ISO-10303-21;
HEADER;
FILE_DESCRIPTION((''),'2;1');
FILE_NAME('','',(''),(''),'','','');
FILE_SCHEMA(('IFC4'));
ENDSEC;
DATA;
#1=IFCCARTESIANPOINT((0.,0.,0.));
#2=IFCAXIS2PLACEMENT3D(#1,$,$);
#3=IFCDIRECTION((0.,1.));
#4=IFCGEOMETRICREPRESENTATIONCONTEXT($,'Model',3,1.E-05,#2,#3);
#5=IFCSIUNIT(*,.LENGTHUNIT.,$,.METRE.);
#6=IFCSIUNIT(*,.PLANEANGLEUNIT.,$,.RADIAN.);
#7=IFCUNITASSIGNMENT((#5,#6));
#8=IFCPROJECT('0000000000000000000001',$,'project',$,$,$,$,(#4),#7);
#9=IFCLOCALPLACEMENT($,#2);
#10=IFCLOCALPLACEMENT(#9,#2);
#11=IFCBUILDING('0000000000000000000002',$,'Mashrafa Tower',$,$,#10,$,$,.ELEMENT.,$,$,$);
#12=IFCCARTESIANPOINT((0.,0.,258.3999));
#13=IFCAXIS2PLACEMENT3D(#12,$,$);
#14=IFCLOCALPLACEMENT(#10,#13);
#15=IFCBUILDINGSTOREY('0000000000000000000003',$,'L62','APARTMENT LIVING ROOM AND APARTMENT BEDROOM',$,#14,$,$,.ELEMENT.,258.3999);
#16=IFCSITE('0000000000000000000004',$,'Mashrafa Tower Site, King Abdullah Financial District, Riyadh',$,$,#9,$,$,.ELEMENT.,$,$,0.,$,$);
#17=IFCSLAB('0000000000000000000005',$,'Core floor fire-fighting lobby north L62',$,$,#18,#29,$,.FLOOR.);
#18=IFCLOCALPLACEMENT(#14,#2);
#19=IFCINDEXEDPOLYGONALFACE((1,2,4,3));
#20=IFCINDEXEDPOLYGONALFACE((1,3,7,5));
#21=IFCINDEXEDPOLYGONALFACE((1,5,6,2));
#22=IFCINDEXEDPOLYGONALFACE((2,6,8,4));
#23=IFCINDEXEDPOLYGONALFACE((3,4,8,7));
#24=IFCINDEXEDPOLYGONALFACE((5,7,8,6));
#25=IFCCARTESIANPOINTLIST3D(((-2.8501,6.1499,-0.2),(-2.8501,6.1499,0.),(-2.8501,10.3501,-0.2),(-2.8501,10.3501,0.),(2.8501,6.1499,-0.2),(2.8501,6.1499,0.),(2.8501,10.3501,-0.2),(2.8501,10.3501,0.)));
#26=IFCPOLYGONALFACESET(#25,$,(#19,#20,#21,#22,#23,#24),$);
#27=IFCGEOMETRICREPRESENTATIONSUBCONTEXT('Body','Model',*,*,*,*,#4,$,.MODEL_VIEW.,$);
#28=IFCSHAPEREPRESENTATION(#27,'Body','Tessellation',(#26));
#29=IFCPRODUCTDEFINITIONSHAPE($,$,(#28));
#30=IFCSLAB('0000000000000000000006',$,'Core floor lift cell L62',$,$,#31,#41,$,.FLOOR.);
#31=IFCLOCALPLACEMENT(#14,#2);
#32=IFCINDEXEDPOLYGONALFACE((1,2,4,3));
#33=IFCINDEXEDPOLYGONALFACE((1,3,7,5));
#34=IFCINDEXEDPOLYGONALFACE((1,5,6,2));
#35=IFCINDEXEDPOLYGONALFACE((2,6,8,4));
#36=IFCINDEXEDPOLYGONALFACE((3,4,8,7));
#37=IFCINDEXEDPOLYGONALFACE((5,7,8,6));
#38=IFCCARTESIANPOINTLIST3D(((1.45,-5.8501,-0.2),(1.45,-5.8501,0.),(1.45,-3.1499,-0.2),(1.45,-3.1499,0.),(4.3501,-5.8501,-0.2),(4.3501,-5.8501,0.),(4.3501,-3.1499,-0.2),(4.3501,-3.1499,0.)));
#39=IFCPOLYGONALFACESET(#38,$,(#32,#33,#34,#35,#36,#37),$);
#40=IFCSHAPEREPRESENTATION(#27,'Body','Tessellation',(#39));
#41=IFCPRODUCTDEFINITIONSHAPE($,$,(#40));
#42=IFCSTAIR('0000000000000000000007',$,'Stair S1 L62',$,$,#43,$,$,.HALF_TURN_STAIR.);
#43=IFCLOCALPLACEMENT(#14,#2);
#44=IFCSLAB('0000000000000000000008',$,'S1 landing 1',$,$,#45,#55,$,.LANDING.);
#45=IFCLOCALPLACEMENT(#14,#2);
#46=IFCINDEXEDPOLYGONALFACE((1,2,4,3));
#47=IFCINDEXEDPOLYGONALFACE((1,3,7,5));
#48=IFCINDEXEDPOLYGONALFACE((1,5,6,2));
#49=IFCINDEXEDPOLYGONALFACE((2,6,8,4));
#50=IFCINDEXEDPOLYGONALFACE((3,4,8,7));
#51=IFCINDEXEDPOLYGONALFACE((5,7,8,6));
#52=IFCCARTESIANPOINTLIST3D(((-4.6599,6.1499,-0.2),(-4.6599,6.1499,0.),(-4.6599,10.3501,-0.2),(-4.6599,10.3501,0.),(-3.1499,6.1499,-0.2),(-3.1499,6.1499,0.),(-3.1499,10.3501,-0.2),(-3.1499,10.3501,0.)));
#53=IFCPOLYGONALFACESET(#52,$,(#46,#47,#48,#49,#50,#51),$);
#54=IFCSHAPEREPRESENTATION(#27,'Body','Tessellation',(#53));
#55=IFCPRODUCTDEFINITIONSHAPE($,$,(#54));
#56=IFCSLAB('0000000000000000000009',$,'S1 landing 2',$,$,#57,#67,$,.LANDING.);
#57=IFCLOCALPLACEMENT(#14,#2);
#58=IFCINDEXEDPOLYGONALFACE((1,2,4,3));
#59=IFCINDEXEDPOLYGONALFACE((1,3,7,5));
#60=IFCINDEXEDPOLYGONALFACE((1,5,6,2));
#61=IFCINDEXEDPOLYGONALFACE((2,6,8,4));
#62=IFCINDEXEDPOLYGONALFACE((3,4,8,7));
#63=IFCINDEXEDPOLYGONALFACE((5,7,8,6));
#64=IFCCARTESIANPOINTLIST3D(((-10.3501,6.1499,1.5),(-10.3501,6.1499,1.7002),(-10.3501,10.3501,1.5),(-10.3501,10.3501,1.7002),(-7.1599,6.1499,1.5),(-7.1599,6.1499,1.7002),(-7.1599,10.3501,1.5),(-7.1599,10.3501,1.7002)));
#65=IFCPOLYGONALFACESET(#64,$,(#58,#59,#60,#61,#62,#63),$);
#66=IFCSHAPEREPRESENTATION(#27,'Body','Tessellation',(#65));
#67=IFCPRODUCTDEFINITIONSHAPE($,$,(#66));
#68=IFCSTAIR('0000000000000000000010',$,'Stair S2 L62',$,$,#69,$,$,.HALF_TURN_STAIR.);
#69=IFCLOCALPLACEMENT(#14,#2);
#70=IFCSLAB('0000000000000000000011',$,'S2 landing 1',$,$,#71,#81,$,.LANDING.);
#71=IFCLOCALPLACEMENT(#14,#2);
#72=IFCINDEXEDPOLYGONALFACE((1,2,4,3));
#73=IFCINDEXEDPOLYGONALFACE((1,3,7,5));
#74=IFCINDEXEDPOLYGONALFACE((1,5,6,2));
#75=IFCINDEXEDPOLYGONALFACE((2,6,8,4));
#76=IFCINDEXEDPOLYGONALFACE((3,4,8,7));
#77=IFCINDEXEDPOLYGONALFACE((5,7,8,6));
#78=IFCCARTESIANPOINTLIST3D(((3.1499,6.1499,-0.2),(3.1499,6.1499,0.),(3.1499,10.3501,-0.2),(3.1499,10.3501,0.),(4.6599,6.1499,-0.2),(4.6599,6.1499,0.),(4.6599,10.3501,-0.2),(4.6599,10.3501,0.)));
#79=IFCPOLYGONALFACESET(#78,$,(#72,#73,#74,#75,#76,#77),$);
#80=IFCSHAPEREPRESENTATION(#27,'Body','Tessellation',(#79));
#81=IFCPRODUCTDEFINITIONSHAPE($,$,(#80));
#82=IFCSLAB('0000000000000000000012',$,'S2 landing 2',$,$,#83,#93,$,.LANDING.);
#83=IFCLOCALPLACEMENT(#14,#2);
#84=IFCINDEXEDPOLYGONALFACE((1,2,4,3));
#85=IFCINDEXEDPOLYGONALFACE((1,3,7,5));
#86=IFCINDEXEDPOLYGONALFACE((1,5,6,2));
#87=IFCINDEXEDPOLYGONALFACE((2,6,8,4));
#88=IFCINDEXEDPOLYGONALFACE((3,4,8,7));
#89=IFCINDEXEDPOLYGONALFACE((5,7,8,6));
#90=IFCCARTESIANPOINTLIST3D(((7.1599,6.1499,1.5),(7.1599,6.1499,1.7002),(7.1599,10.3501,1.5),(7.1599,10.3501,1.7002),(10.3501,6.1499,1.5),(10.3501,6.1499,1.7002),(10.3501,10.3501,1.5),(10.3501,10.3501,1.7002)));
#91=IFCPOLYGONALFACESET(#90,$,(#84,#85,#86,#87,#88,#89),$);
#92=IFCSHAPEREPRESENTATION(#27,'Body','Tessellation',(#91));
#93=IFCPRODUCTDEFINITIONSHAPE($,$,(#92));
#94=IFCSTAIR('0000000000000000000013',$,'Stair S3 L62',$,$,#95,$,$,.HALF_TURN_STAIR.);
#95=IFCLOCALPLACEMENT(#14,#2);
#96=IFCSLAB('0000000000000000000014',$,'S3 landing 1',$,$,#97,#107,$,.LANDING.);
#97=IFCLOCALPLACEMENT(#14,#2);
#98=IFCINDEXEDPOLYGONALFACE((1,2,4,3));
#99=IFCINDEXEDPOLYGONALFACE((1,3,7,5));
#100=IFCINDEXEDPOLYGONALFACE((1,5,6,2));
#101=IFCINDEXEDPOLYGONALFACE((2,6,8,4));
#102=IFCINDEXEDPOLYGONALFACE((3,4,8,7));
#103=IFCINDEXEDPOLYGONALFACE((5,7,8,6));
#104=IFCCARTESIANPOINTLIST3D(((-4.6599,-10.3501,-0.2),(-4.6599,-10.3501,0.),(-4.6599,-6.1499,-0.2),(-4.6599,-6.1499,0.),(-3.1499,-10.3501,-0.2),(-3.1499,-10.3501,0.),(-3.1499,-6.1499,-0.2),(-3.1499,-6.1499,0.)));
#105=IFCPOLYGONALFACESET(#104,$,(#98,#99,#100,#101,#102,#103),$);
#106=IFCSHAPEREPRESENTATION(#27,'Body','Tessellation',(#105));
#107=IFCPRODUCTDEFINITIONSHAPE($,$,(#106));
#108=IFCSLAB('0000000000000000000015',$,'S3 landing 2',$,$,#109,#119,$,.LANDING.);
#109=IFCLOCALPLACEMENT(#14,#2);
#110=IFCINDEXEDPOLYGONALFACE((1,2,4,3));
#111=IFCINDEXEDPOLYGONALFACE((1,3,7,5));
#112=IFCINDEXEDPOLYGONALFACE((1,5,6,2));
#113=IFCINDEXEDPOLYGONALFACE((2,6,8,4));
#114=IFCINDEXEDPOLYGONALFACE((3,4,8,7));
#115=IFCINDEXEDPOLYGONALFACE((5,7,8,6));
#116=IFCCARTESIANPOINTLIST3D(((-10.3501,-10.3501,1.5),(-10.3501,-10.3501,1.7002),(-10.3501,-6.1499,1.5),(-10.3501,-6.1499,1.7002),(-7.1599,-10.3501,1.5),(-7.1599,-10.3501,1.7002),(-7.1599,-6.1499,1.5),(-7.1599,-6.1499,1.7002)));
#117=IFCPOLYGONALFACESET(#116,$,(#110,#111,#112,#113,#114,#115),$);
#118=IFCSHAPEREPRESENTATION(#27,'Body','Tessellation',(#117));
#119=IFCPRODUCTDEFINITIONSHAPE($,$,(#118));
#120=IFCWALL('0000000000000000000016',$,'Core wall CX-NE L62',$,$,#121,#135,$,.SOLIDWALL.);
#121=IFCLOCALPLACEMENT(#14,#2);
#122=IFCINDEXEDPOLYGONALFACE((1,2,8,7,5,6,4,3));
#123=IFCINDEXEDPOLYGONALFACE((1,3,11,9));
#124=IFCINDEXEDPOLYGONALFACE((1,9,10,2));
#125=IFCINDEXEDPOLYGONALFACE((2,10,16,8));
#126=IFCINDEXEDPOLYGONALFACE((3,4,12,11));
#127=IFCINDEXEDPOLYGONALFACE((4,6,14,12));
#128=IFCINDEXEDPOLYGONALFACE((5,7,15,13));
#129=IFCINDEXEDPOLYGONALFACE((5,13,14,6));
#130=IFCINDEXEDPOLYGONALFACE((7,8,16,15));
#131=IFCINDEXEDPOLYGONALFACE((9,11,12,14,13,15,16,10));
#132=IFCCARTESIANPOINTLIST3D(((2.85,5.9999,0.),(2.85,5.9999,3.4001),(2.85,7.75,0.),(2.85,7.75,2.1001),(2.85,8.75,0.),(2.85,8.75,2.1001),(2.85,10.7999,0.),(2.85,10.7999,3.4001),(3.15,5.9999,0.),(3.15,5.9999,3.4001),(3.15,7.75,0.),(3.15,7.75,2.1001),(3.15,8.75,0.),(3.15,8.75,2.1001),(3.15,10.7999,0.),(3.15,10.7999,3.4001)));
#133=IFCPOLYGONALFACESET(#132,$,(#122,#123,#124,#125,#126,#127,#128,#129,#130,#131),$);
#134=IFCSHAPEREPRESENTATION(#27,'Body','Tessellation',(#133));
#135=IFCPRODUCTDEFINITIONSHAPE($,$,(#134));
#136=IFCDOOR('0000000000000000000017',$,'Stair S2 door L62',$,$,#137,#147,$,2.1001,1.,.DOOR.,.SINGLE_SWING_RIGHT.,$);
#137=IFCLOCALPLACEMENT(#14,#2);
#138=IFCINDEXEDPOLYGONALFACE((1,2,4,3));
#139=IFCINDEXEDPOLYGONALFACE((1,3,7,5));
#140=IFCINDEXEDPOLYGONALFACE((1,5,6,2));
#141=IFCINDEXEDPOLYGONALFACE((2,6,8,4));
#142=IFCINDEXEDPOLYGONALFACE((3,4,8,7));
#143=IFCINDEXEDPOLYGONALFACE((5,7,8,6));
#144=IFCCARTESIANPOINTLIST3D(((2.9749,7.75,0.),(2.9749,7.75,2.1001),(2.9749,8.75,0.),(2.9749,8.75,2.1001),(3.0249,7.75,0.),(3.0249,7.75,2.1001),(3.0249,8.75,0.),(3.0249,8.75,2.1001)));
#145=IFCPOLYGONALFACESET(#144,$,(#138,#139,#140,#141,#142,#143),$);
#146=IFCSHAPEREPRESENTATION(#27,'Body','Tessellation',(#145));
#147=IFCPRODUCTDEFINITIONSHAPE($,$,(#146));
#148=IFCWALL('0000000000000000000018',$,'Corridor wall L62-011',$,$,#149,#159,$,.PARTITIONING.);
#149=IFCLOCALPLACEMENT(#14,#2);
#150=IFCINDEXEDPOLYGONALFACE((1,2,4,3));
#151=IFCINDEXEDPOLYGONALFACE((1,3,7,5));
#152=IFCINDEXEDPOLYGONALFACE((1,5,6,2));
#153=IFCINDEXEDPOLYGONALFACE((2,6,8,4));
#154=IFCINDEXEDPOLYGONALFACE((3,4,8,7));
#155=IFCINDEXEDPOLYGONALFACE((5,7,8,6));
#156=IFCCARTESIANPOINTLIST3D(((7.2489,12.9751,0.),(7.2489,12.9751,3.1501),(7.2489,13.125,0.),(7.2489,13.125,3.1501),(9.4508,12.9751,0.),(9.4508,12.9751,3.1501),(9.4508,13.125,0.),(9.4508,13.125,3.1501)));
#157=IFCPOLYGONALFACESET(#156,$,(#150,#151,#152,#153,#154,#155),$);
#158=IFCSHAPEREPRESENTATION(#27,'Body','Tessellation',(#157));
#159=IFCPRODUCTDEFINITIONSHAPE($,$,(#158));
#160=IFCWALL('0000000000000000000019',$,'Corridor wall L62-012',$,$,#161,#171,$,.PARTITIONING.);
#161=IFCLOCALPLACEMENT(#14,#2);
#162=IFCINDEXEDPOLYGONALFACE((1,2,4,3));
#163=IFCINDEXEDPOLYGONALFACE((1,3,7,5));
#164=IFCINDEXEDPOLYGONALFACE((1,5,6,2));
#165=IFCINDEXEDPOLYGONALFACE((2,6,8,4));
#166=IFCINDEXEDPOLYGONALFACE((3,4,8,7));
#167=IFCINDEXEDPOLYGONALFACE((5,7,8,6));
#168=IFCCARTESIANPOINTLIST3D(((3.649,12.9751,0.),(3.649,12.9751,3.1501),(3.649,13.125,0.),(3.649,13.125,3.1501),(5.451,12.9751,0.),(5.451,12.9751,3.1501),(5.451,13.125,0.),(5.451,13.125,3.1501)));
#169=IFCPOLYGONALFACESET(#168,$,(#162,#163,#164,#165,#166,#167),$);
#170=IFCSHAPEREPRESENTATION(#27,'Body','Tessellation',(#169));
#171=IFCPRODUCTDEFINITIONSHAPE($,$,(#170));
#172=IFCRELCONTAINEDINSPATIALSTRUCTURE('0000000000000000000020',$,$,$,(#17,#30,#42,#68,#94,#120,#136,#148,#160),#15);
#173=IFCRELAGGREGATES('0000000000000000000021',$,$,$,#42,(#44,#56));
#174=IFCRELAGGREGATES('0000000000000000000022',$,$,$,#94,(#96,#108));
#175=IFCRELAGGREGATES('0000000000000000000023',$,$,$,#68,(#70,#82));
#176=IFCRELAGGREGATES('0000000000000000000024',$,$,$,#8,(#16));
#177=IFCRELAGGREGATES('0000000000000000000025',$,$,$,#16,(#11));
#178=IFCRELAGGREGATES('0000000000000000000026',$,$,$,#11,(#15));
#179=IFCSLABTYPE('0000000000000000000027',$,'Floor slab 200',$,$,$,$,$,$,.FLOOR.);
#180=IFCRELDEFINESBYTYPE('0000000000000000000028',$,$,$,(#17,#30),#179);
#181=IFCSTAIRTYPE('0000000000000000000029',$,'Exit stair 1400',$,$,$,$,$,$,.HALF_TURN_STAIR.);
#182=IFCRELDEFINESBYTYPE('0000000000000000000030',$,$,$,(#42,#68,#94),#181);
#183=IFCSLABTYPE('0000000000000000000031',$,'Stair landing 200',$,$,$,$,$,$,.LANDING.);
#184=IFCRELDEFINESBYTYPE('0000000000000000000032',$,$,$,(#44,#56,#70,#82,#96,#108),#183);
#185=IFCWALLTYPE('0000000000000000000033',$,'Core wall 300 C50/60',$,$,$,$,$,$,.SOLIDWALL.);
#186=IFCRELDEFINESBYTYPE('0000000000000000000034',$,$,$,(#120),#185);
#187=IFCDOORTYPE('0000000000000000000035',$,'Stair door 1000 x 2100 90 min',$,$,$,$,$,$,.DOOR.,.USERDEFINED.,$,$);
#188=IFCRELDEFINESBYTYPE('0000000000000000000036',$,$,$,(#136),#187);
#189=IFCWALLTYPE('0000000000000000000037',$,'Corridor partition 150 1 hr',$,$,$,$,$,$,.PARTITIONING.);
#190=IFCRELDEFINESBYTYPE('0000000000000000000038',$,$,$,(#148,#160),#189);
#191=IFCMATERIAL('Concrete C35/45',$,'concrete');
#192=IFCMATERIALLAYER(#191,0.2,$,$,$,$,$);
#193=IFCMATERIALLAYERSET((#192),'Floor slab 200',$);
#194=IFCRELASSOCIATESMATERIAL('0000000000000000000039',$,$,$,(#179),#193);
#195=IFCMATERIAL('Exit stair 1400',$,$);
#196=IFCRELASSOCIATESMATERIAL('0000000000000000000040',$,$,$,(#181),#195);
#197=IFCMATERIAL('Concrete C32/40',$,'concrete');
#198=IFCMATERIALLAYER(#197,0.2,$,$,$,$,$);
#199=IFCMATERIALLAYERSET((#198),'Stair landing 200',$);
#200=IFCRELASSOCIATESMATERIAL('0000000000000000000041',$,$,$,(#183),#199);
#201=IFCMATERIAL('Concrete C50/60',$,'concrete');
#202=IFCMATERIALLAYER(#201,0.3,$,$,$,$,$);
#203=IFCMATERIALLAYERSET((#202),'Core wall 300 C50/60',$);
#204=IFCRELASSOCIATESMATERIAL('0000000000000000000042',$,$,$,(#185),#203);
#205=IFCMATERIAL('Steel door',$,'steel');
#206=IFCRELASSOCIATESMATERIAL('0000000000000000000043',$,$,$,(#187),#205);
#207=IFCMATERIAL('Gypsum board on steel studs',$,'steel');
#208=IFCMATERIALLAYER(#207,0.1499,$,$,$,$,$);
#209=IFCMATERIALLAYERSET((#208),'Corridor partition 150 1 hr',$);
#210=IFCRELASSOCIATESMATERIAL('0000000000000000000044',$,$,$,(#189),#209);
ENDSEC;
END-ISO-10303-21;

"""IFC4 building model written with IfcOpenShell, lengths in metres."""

from ifc_helpers import new_model, si_unit, direction, frame, frame_2d, origin, place, context, subcontext, project, spatial, polyline, rectangle, outline, extrude, material, layer, layer_set, type_object, element, fill, aggregate, save


model = new_model("IFC4")

# Units and contexts
model_context = context("Model", 3, precision=1e-05, world=origin(), true_north=direction((0.0, 1.0)))
body_context = subcontext(model_context, "Body", "Model", "MODEL_VIEW")
ifc_project = project(units=[si_unit("LENGTHUNIT", "METRE"), si_unit("PLANEANGLEUNIT", "RADIAN")], contexts=[model_context])

# Site, building, storey
site_placement = place(None, origin())
site = spatial("IfcSite", under=ifc_project, at=site_placement, Name="Mashrafa Tower Site, King Abdullah Financial District, Riyadh", CompositionType="ELEMENT", RefElevation=0.0)
building_placement = place(site_placement, origin())
building = spatial("IfcBuilding", under=site, at=building_placement, Name="Mashrafa Tower", CompositionType="ELEMENT")
storey_placement = place(building_placement, frame((0.0, 0.0, 258.3999)))
storey = spatial("IfcBuildingStorey", under=building, at=storey_placement, Name="L62", Description="APARTMENT LIVING ROOM AND APARTMENT BEDROOM", CompositionType="ELEMENT", Elevation=258.3999)

# Slabs
ifc_material_1 = material(Name="Concrete C35/45", Category="concrete")
ifc_layer_1 = layer(ifc_material_1, 0.2)
ifc_layer_set_1 = layer_set([ifc_layer_1], Name="Floor slab 200")
slab_type_1 = type_object("IfcSlabType", Name="Floor slab 200", PredefinedType="FLOOR", material=ifc_layer_set_1)
slab_1_placement = place(storey_placement, frame((0.0, 0.0, -0.2)))
element("IfcSlab", 1, at=slab_1_placement, inside=storey, type_object=slab_type_1, Name="Core floor fire-fighting lobby north L62", PredefinedType="FLOOR", context=body_context, shape_type="SweptSolid", body=[
    extrude(outline(polyline([(-2.8501, 10.3501), (2.8501, 10.3501), (2.8501, 6.1499), (-2.8501, 6.1499), (-2.8501, 10.3501)])), origin(), (0.0, 0.0, 1.0), 0.2),
])
slab_2_placement = place(storey_placement, frame((0.0, 0.0, -0.2)))
element("IfcSlab", 2, at=slab_2_placement, inside=storey, type_object=slab_type_1, Name="Core floor lift cell L62", PredefinedType="FLOOR", context=body_context, shape_type="SweptSolid", body=[
    extrude(outline(polyline([(4.3501, -3.1499), (4.3501, -5.8501), (1.45, -5.8501), (1.45, -3.1499), (4.3501, -3.1499)])), origin(), (0.0, 0.0, 1.0), 0.2),
])

# Stairs, slabs
ifc_material_2 = material(Name="Exit stair 1400")
stair_type = type_object("IfcStairType", Name="Exit stair 1400", PredefinedType="HALF_TURN_STAIR", material=ifc_material_2)
stair_1_placement = place(storey_placement, origin())
stair_1 = element("IfcStair", 3, at=stair_1_placement, inside=storey, type_object=stair_type, Name="Stair S1 L62", PredefinedType="HALF_TURN_STAIR")
ifc_material_3 = material(Name="Concrete C32/40", Category="concrete")
ifc_layer_2 = layer(ifc_material_3, 0.2)
ifc_layer_set_2 = layer_set([ifc_layer_2], Name="Stair landing 200")
slab_type_2 = type_object("IfcSlabType", Name="Stair landing 200", PredefinedType="LANDING", material=ifc_layer_set_2)
slab_3_placement = place(storey_placement, frame((0.0, 0.0, -0.2)))
slab_3 = element("IfcSlab", 4, at=slab_3_placement, type_object=slab_type_2, Name="S1 landing 1", PredefinedType="LANDING", context=body_context, shape_type="SweptSolid", body=[
    extrude(outline(polyline([(-4.6599, 6.1499), (-3.1499, 6.1499), (-3.1499, 10.3501), (-4.6599, 10.3501), (-4.6599, 6.1499)])), origin(), (0.0, 0.0, 1.0), 0.2),
])
slab_4_placement = place(storey_placement, frame((0.0, 0.0, 1.5)))
slab_4 = element("IfcSlab", 5, at=slab_4_placement, type_object=slab_type_2, Name="S1 landing 2", PredefinedType="LANDING", context=body_context, shape_type="SweptSolid", body=[
    extrude(outline(polyline([(-10.3501, 6.1499), (-7.1599, 6.1499), (-7.1599, 10.3501), (-10.3501, 10.3501), (-10.3501, 6.1499)])), origin(), (0.0, 0.0, 1.0), 0.2002),
])
aggregate(stair_1, [slab_3, slab_4])
stair_2_placement = place(storey_placement, origin())
stair_2 = element("IfcStair", 6, at=stair_2_placement, inside=storey, type_object=stair_type, Name="Stair S2 L62", PredefinedType="HALF_TURN_STAIR")
slab_5_placement = place(storey_placement, frame((0.0, 0.0, -0.2)))
slab_5 = element("IfcSlab", 7, at=slab_5_placement, type_object=slab_type_2, Name="S2 landing 1", PredefinedType="LANDING", context=body_context, shape_type="SweptSolid", body=[
    extrude(outline(polyline([(3.1499, 6.1499), (4.6599, 6.1499), (4.6599, 10.3501), (3.1499, 10.3501), (3.1499, 6.1499)])), origin(), (0.0, 0.0, 1.0), 0.2),
])
slab_6_placement = place(storey_placement, frame((0.0, 0.0, 1.5)))
slab_6 = element("IfcSlab", 8, at=slab_6_placement, type_object=slab_type_2, Name="S2 landing 2", PredefinedType="LANDING", context=body_context, shape_type="SweptSolid", body=[
    extrude(outline(polyline([(7.1599, 6.1499), (10.3501, 6.1499), (10.3501, 10.3501), (7.1599, 10.3501), (7.1599, 6.1499)])), origin(), (0.0, 0.0, 1.0), 0.2002),
])
stair_3_placement = place(storey_placement, origin())
stair_3 = element("IfcStair", 9, at=stair_3_placement, inside=storey, type_object=stair_type, Name="Stair S3 L62", PredefinedType="HALF_TURN_STAIR")
slab_7_placement = place(storey_placement, frame((0.0, 0.0, -0.2)))
slab_7 = element("IfcSlab", 10, at=slab_7_placement, type_object=slab_type_2, Name="S3 landing 1", PredefinedType="LANDING", context=body_context, shape_type="SweptSolid", body=[
    extrude(outline(polyline([(-4.6599, -10.3501), (-3.1499, -10.3501), (-3.1499, -6.1499), (-4.6599, -6.1499), (-4.6599, -10.3501)])), origin(), (0.0, 0.0, 1.0), 0.2),
])
slab_8_placement = place(storey_placement, frame((0.0, 0.0, 1.5)))
slab_8 = element("IfcSlab", 11, at=slab_8_placement, type_object=slab_type_2, Name="S3 landing 2", PredefinedType="LANDING", context=body_context, shape_type="SweptSolid", body=[
    extrude(outline(polyline([(-10.3501, -10.3501), (-7.1599, -10.3501), (-7.1599, -6.1499), (-10.3501, -6.1499), (-10.3501, -10.3501)])), origin(), (0.0, 0.0, 1.0), 0.2002),
])
aggregate(stair_3, [slab_7, slab_8])

# Wall, opening, door
ifc_material_4 = material(Name="Concrete C50/60", Category="concrete")
ifc_layer_3 = layer(ifc_material_4, 0.3)
ifc_layer_set_3 = layer_set([ifc_layer_3], Name="Core wall 300 C50/60")
wall_type_1 = type_object("IfcWallType", Name="Core wall 300 C50/60", PredefinedType="SOLIDWALL", material=ifc_layer_set_3)
wall_1_placement = place(storey_placement, frame((3.0, 6.0, 0.0), z_axis=(0.0, 0.0, 1.0), x_axis=(0.0, 1.0, 0.0)))
wall_1 = element("IfcWall", 12, at=wall_1_placement, inside=storey, type_object=wall_type_1, Name="Core wall CX-NE L62", PredefinedType="SOLIDWALL", context=body_context, shape_type="SweptSolid", body=[
    extrude(rectangle(XDim=4.8, YDim=0.3, at=frame_2d((2.3999, 0.0))), origin(), (0.0, 0.0, 1.0), 3.4001),
])
opening_1_placement = place(wall_1_placement, frame((1.75, 0.0, 0.0)))
opening_1 = element("IfcOpeningElement", 13, at=opening_1_placement, cuts=wall_1, PredefinedType="OPENING", context=body_context, shape_type="SweptSolid", body=[
    extrude(rectangle(XDim=1.0, YDim=2.1001, at=frame_2d((0.5, 1.05))), frame((0.0, 0.1599, 0.0), z_axis=(0.0, -1.0, 0.0), x_axis=(1.0, 0.0, 0.0)), (0.0, 0.0, 1.0), 0.3201),
])
ifc_material_5 = material(Name="Steel door", Category="steel")
door_type_1 = type_object("IfcDoorType", Name="Stair door 1000 x 2100 90 min", OperationType="USERDEFINED", PredefinedType="DOOR", material=ifc_material_5)
door_1_placement = place(opening_1_placement, frame((1.0, 0.0, 0.0), z_axis=(0.0, 0.0, 1.0), x_axis=(-1.0, 0.0, 0.0)))
door_1 = element("IfcDoor", 14, at=door_1_placement, inside=storey, type_object=door_type_1, Name="Stair S2 door L62", OperationType="SINGLE_SWING_RIGHT", OverallHeight=2.1001, OverallWidth=1.0, PredefinedType="DOOR", context=body_context, shape_type="SweptSolid", body=[
    extrude(rectangle(XDim=1.0, YDim=2.1001, at=frame_2d((0.5, 1.05))), frame((0.0, 0.0249, 0.0), z_axis=(0.0, -1.0, 0.0), x_axis=(1.0, 0.0, 0.0)), (0.0, 0.0, 1.0), 0.05),
])
fill(opening_1, door_1)

# Walls
ifc_material_6 = material(Name="Gypsum board on steel studs", Category="steel")
ifc_layer_4 = layer(ifc_material_6, 0.1499)
ifc_layer_set_4 = layer_set([ifc_layer_4], Name="Corridor partition 150 1 hr")
wall_type_2 = type_object("IfcWallType", Name="Corridor partition 150 1 hr", PredefinedType="PARTITIONING", material=ifc_layer_set_4)
wall_2_placement = place(storey_placement, frame((9.4509, 13.05, 0.0), z_axis=(0.0, 0.0, 1.0), x_axis=(-1.0, 0.0, 0.0)))
element("IfcWall", 15, at=wall_2_placement, inside=storey, type_object=wall_type_2, Name="Corridor wall L62-011", PredefinedType="PARTITIONING", context=body_context, shape_type="SweptSolid", body=[
    extrude(rectangle(XDim=2.2019, YDim=0.1499, at=frame_2d((1.1011, 0.0))), origin(), (0.0, 0.0, 1.0), 3.1501),
])
wall_3_placement = place(storey_placement, frame((5.4509, 13.05, 0.0), z_axis=(0.0, 0.0, 1.0), x_axis=(-1.0, 0.0, 0.0)))
element("IfcWall", 16, at=wall_3_placement, inside=storey, type_object=wall_type_2, Name="Corridor wall L62-012", PredefinedType="PARTITIONING", context=body_context, shape_type="SweptSolid", body=[
    extrude(rectangle(XDim=1.802, YDim=0.1499, at=frame_2d((0.9009, 0.0))), origin(), (0.0, 0.0, 1.0), 3.1501),
])

aggregate(stair_2, [slab_5, slab_6])

save(model, "model.ifc")
